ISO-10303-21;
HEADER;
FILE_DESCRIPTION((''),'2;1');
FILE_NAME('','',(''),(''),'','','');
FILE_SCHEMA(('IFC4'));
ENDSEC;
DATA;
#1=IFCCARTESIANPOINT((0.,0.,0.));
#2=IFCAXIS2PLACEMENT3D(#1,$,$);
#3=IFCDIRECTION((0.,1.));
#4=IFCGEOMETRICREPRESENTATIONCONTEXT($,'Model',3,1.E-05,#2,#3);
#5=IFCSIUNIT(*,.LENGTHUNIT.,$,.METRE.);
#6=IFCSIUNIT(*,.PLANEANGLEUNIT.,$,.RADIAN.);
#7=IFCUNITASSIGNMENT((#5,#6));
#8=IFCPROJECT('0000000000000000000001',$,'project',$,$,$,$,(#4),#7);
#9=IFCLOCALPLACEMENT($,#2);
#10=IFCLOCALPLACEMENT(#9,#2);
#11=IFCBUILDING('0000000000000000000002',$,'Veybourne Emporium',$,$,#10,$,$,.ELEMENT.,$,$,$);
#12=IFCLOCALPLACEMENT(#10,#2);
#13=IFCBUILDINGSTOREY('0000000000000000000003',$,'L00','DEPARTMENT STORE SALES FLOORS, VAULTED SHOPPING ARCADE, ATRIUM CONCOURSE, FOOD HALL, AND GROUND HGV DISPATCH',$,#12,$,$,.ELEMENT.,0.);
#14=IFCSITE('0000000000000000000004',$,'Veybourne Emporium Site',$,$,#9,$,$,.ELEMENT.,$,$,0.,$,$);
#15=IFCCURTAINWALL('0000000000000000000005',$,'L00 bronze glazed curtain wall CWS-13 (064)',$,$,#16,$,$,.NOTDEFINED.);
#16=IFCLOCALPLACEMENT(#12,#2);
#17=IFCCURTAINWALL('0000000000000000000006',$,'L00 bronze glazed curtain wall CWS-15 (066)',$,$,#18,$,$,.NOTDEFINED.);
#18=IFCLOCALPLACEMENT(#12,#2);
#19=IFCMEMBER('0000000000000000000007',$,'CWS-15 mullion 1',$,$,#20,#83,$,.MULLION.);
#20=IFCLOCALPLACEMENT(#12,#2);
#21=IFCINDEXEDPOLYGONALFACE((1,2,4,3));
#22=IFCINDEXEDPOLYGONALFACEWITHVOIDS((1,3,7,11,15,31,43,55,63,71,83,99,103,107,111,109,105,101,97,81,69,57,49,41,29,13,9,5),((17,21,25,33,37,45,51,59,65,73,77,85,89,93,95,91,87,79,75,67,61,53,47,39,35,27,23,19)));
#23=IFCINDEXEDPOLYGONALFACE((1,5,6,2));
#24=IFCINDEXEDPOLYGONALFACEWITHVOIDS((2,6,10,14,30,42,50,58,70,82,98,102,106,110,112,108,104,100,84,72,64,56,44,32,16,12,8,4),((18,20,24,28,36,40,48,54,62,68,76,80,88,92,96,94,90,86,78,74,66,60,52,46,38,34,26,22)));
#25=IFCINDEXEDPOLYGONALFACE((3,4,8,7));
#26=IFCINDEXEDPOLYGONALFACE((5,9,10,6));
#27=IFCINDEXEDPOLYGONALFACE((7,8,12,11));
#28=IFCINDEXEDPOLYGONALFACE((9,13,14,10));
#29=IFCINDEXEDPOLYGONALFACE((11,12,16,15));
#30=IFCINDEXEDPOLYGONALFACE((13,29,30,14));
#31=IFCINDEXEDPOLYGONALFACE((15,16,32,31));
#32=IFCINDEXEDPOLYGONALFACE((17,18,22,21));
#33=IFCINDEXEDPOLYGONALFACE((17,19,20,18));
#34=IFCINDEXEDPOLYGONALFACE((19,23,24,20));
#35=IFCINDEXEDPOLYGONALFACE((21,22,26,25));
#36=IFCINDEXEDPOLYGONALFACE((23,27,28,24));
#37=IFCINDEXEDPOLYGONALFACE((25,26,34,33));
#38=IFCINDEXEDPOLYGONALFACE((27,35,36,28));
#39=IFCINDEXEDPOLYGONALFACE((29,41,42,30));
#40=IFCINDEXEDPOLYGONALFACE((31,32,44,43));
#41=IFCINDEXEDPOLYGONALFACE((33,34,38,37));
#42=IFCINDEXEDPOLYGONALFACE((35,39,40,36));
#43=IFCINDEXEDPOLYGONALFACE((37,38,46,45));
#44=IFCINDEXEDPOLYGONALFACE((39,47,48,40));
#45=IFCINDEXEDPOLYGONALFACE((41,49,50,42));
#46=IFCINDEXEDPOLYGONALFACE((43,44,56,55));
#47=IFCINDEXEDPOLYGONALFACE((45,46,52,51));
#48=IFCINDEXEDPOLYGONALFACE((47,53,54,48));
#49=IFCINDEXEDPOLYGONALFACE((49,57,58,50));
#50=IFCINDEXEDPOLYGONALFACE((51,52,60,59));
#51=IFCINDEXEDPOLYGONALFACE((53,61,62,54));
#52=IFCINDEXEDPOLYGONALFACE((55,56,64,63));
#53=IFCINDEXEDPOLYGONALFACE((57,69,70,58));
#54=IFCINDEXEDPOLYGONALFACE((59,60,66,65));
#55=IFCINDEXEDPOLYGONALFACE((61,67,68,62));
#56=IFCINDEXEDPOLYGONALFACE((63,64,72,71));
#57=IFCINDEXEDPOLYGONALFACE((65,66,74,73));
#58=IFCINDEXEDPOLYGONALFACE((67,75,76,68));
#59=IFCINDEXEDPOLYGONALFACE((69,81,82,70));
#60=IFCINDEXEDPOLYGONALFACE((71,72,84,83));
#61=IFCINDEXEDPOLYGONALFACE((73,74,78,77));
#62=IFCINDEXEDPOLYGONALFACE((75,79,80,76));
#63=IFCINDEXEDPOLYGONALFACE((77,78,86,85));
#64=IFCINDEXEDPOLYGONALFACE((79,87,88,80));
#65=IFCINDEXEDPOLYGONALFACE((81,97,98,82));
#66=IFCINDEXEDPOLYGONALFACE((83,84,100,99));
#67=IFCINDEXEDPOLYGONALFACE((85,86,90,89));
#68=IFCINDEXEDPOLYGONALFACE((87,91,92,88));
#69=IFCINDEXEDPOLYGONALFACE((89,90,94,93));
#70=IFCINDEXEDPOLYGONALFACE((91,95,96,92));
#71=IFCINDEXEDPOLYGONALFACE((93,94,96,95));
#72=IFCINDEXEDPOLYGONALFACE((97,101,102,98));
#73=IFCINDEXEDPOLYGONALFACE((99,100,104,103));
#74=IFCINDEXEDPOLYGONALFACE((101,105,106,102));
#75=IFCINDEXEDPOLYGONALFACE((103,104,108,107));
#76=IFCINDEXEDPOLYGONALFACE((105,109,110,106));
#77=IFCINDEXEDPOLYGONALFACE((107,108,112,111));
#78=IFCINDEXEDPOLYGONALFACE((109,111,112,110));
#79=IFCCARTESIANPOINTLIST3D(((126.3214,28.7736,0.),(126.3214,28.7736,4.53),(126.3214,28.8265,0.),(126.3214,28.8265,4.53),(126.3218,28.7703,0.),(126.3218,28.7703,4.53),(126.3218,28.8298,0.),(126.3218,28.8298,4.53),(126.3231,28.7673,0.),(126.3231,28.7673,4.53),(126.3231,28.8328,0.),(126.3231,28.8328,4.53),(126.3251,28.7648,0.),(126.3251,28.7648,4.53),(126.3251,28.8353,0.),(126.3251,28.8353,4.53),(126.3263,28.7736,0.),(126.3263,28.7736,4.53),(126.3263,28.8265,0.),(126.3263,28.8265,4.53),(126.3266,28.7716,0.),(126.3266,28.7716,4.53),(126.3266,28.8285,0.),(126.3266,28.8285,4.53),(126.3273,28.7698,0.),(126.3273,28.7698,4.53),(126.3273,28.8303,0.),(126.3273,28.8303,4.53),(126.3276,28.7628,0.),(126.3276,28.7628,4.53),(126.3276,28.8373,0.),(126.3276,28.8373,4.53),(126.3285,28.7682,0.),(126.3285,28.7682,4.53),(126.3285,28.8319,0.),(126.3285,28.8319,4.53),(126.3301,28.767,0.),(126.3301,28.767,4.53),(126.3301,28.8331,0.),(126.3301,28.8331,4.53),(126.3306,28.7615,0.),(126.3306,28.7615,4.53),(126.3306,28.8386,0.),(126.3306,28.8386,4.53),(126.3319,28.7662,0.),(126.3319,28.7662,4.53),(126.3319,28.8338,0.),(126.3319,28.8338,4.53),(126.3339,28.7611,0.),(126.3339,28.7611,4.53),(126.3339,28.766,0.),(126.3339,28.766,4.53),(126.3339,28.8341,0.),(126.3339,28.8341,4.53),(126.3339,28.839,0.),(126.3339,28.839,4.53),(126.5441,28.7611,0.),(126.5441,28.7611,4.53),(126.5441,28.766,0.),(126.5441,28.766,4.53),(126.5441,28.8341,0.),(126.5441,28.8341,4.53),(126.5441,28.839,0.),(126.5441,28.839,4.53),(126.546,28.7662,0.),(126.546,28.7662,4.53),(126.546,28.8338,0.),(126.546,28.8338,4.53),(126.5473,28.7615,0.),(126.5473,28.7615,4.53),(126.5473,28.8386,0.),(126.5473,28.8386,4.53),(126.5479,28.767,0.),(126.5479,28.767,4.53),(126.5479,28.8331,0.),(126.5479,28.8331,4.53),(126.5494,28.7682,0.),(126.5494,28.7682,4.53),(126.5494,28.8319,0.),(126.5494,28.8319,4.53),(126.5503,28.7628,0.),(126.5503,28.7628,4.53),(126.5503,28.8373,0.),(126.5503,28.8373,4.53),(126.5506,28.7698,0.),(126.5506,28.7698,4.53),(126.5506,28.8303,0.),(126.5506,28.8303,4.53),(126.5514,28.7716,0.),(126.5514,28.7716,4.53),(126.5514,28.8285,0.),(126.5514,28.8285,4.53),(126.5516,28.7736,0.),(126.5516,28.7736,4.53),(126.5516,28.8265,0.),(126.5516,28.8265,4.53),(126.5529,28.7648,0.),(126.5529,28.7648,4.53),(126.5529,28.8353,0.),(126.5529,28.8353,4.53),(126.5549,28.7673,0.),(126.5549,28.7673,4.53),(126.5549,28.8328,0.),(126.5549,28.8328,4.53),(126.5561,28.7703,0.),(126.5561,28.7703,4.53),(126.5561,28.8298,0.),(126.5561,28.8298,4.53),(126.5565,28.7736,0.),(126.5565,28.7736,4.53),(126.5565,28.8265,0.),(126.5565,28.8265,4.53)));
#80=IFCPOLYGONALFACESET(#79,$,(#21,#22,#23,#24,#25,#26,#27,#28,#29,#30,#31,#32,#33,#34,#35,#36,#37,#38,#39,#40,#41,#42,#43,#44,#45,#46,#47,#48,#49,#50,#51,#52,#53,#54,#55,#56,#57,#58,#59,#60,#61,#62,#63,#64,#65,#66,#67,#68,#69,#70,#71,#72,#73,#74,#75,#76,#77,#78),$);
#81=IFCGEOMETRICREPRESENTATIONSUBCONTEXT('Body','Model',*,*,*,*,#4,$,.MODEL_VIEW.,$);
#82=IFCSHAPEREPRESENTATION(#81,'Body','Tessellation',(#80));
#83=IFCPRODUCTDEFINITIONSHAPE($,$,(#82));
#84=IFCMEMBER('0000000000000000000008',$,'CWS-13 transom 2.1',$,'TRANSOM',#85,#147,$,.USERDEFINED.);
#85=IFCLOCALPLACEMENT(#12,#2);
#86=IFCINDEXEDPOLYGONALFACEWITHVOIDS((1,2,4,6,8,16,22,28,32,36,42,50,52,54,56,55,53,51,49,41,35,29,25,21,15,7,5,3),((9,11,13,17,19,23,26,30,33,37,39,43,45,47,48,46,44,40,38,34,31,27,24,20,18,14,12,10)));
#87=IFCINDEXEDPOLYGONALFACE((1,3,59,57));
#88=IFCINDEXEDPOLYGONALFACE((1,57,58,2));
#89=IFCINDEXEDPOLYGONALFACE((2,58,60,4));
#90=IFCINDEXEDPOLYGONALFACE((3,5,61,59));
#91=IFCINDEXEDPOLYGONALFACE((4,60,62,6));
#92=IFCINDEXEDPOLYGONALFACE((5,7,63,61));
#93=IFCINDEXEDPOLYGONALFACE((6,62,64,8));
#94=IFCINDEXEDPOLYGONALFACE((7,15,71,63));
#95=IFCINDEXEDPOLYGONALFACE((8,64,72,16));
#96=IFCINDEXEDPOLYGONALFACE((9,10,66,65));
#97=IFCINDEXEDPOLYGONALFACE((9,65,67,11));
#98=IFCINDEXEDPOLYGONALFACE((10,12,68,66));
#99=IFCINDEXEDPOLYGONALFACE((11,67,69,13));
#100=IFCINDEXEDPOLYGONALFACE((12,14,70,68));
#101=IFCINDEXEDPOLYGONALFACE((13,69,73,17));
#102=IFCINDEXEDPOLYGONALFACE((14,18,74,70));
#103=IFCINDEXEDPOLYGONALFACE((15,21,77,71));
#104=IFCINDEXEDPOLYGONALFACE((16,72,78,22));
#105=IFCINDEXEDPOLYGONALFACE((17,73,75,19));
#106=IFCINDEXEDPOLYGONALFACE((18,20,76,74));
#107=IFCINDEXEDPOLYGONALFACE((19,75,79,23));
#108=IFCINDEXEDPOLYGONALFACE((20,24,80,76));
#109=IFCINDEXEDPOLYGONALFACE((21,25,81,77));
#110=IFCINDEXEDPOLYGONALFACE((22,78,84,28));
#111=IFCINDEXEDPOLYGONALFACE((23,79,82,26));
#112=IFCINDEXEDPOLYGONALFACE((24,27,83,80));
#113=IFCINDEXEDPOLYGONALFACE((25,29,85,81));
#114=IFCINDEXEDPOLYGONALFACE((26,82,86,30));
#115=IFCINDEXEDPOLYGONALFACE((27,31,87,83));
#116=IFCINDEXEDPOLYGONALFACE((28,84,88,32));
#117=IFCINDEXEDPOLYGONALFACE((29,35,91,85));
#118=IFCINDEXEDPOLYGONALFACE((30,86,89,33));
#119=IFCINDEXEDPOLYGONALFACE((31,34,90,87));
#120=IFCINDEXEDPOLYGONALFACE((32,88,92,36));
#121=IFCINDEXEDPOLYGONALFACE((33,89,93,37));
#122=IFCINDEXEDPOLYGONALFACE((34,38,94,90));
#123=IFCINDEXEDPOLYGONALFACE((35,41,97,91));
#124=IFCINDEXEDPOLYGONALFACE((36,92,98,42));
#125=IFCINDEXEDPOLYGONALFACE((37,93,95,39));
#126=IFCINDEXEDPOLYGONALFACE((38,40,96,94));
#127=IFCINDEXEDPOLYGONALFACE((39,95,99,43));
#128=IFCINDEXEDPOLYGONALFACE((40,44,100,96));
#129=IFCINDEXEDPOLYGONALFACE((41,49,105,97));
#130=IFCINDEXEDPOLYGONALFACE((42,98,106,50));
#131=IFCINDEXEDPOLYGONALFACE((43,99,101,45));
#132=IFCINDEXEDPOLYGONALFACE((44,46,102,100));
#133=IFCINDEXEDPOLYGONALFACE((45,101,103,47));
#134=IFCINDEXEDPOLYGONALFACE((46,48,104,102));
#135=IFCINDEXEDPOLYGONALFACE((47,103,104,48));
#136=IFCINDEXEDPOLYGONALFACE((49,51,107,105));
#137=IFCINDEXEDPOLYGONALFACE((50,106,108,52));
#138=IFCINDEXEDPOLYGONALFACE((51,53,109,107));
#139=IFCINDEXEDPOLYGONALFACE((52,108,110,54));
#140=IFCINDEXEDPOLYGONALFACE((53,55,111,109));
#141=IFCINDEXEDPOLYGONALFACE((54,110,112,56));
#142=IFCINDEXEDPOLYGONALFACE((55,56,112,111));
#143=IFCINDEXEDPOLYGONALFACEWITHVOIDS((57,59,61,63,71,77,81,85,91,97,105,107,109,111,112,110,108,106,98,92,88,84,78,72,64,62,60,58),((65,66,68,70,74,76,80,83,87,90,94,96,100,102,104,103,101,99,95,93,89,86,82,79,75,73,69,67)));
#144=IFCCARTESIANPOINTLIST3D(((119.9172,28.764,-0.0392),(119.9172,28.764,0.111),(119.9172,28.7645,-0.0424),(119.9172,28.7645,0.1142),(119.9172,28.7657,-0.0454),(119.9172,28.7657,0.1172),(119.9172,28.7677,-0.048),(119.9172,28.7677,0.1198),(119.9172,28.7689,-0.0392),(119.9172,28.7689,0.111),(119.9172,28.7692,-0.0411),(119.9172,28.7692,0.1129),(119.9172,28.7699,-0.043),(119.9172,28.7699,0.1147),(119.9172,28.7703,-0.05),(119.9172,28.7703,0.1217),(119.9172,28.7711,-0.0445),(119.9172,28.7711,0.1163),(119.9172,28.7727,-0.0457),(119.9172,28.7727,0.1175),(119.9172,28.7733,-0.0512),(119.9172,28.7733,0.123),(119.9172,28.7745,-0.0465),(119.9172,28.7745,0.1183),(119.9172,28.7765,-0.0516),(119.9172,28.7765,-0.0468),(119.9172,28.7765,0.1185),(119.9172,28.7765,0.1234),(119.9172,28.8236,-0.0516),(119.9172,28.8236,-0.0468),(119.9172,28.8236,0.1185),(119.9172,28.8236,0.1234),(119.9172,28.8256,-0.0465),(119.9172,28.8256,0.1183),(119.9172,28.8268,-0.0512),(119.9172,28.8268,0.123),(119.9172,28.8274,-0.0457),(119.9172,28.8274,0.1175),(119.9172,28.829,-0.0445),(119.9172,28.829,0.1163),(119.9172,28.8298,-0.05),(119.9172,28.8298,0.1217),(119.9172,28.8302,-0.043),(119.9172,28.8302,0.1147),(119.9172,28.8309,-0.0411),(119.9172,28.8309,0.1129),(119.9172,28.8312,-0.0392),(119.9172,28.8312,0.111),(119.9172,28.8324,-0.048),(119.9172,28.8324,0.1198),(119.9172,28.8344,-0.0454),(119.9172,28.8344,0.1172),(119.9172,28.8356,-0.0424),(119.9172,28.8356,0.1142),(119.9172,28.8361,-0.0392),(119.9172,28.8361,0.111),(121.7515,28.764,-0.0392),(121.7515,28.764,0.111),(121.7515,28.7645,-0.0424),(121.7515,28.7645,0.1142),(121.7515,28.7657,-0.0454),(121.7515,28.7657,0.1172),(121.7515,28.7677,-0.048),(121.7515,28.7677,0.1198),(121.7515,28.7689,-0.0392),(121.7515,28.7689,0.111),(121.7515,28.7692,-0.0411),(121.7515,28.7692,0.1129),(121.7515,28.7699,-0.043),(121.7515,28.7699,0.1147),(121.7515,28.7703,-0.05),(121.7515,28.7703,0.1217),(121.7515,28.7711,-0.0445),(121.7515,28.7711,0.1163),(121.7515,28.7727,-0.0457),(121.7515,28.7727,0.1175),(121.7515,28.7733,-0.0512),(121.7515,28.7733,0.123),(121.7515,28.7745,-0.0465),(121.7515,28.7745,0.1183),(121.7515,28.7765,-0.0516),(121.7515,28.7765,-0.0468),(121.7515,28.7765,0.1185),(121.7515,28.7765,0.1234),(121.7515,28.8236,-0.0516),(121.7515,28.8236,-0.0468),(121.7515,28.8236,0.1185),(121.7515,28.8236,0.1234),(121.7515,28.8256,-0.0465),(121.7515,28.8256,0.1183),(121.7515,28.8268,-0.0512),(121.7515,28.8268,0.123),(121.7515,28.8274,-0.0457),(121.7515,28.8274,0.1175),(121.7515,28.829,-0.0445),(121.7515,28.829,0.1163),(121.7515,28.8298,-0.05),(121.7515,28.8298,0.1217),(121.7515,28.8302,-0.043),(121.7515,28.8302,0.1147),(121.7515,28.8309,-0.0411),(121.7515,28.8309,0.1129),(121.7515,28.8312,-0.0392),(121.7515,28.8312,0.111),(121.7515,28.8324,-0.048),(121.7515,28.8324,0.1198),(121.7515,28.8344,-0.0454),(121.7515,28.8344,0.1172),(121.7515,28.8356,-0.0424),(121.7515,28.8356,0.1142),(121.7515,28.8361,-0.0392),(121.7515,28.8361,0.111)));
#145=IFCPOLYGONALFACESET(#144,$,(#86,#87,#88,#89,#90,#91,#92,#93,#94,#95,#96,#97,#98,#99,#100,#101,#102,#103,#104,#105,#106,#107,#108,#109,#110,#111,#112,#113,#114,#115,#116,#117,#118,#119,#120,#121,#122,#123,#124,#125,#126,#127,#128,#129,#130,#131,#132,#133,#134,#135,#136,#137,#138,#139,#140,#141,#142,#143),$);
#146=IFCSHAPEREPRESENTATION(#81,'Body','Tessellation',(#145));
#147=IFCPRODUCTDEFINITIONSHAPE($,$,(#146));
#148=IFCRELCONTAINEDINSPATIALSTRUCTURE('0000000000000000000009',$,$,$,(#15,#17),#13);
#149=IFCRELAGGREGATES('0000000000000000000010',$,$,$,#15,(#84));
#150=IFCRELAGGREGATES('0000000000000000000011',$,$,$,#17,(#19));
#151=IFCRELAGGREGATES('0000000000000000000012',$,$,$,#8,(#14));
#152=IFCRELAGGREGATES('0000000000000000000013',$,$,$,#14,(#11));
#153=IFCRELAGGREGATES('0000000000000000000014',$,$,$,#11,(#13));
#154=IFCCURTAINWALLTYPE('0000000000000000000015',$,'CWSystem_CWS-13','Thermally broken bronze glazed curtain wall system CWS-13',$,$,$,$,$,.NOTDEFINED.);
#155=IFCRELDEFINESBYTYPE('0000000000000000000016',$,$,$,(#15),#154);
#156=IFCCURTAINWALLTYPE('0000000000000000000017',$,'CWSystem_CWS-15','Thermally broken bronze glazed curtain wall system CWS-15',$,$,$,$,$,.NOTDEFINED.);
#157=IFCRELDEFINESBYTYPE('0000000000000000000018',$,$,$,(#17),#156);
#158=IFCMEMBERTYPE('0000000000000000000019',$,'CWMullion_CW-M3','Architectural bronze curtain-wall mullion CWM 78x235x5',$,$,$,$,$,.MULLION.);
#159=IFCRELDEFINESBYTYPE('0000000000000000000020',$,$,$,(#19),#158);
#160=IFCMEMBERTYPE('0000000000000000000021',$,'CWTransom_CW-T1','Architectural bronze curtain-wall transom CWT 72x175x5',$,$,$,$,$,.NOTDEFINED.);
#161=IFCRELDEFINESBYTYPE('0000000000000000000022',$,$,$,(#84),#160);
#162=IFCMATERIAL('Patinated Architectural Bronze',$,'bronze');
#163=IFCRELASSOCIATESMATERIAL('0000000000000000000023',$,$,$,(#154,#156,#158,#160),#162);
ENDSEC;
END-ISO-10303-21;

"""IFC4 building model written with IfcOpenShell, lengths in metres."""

from ifc_helpers import new_model, si_unit, direction, frame, origin, origin_2d, place, context, subcontext, project, spatial, hollow_rectangle, extrude, material, material_profile, profile_set, type_object, element, aggregate, save


model = new_model("IFC4")

# Units and contexts
model_context = context("Model", 3, precision=1e-05, world=origin(), true_north=direction((0.0, 1.0)))
body_context = subcontext(model_context, "Body", "Model", "MODEL_VIEW")
ifc_project = project(units=[si_unit("LENGTHUNIT", "METRE"), si_unit("PLANEANGLEUNIT", "RADIAN")], contexts=[model_context])

# Site, building, storey
site_placement = place(None, origin())
site = spatial("IfcSite", under=ifc_project, at=site_placement, Name="Veybourne Emporium Site", CompositionType="ELEMENT", RefElevation=0.0)
building_placement = place(site_placement, origin())
building = spatial("IfcBuilding", under=site, at=building_placement, Name="Veybourne Emporium", CompositionType="ELEMENT")
storey_placement = place(building_placement, origin())
storey = spatial("IfcBuildingStorey", under=building, at=storey_placement, Name="L00", Description="DEPARTMENT STORE SALES FLOORS, VAULTED SHOPPING ARCADE, ATRIUM CONCOURSE, FOOD HALL, AND GROUND HGV DISPATCH", CompositionType="ELEMENT", Elevation=0.0)

# Curtain wall
ifc_material_1 = material(Name="Patinated Architectural Bronze", Category="bronze")
curtain_wall_type_1 = type_object("IfcCurtainWallType", Name="CWSystem_CWS-13", Description="Thermally broken bronze glazed curtain wall system CWS-13", PredefinedType="NOTDEFINED", material=ifc_material_1)
curtain_wall_1_placement = place(storey_placement, origin())
curtain_wall_1 = element("IfcCurtainWall", 1, at=curtain_wall_1_placement, inside=storey, type_object=curtain_wall_type_1, Name="L00 bronze glazed curtain wall CWS-13 (064)", PredefinedType="NOTDEFINED")

# Curtain wall, member
curtain_wall_type_2 = type_object("IfcCurtainWallType", Name="CWSystem_CWS-15", Description="Thermally broken bronze glazed curtain wall system CWS-15", PredefinedType="NOTDEFINED", material=ifc_material_1)
curtain_wall_2_placement = place(storey_placement, origin())
curtain_wall_2 = element("IfcCurtainWall", 2, at=curtain_wall_2_placement, inside=storey, type_object=curtain_wall_type_2, Name="L00 bronze glazed curtain wall CWS-15 (066)", PredefinedType="NOTDEFINED")
ifc_material_profile_1 = material_profile(ifc_material_1, hollow_rectangle(XDim=0.0779, YDim=0.2351, WallThickness=0.0049, InnerFilletRadius=0.0076, OuterFilletRadius=0.0125, at=origin_2d()), Name="CWM 78x235x5")
ifc_profile_set_1 = profile_set([ifc_material_profile_1], Name="Patinated Architectural Bronze")
member_type_1 = type_object("IfcMemberType", Name="CWMullion_CW-M3", Description="Architectural bronze curtain-wall mullion CWM 78x235x5", PredefinedType="MULLION", material=ifc_profile_set_1)
member_1_placement = place(storey_placement, frame((126.439, 28.8, 0.0), z_axis=(0.0, 0.0, 1.0), x_axis=(0.0, 1.0, 0.0)))
member_1 = element("IfcMember", 3, at=member_1_placement, type_object=member_type_1, Name="CWS-15 mullion 1", PredefinedType="MULLION", context=body_context, shape_type="SweptSolid", body=[
    extrude(hollow_rectangle(XDim=0.0779, YDim=0.2351, WallThickness=0.0049, InnerFilletRadius=0.0076, OuterFilletRadius=0.0125, at=origin_2d()), origin(), (0.0, 0.0, 1.0), 4.53),
])

# Member
ifc_material_profile_2 = material_profile(ifc_material_1, hollow_rectangle(XDim=0.072, YDim=0.175, WallThickness=0.0049, InnerFilletRadius=0.0076, OuterFilletRadius=0.0125, at=origin_2d()), Name="CWT 72x175x5")
ifc_profile_set_2 = profile_set([ifc_material_profile_2], Name="Patinated Architectural Bronze")
member_type_2 = type_object("IfcMemberType", Name="CWTransom_CW-T1", Description="Architectural bronze curtain-wall transom CWT 72x175x5", PredefinedType="NOTDEFINED", material=ifc_profile_set_2)
member_2_placement = place(storey_placement, frame((119.9172, 28.8, 0.0359), z_axis=(1.0, 0.0, 0.0), x_axis=(0.0, 1.0, 0.0)))
member_2 = element("IfcMember", 4, at=member_2_placement, type_object=member_type_2, Name="CWS-13 transom 2.1", ObjectType="TRANSOM", PredefinedType="USERDEFINED", context=body_context, shape_type="SweptSolid", body=[
    extrude(hollow_rectangle(XDim=0.072, YDim=0.175, WallThickness=0.0049, InnerFilletRadius=0.0076, OuterFilletRadius=0.0125, at=origin_2d()), origin(), (0.0, 0.0, 1.0), 1.8342),
])

aggregate(curtain_wall_1, [member_2])
aggregate(curtain_wall_2, [member_1])

save(model, "model.ifc")
